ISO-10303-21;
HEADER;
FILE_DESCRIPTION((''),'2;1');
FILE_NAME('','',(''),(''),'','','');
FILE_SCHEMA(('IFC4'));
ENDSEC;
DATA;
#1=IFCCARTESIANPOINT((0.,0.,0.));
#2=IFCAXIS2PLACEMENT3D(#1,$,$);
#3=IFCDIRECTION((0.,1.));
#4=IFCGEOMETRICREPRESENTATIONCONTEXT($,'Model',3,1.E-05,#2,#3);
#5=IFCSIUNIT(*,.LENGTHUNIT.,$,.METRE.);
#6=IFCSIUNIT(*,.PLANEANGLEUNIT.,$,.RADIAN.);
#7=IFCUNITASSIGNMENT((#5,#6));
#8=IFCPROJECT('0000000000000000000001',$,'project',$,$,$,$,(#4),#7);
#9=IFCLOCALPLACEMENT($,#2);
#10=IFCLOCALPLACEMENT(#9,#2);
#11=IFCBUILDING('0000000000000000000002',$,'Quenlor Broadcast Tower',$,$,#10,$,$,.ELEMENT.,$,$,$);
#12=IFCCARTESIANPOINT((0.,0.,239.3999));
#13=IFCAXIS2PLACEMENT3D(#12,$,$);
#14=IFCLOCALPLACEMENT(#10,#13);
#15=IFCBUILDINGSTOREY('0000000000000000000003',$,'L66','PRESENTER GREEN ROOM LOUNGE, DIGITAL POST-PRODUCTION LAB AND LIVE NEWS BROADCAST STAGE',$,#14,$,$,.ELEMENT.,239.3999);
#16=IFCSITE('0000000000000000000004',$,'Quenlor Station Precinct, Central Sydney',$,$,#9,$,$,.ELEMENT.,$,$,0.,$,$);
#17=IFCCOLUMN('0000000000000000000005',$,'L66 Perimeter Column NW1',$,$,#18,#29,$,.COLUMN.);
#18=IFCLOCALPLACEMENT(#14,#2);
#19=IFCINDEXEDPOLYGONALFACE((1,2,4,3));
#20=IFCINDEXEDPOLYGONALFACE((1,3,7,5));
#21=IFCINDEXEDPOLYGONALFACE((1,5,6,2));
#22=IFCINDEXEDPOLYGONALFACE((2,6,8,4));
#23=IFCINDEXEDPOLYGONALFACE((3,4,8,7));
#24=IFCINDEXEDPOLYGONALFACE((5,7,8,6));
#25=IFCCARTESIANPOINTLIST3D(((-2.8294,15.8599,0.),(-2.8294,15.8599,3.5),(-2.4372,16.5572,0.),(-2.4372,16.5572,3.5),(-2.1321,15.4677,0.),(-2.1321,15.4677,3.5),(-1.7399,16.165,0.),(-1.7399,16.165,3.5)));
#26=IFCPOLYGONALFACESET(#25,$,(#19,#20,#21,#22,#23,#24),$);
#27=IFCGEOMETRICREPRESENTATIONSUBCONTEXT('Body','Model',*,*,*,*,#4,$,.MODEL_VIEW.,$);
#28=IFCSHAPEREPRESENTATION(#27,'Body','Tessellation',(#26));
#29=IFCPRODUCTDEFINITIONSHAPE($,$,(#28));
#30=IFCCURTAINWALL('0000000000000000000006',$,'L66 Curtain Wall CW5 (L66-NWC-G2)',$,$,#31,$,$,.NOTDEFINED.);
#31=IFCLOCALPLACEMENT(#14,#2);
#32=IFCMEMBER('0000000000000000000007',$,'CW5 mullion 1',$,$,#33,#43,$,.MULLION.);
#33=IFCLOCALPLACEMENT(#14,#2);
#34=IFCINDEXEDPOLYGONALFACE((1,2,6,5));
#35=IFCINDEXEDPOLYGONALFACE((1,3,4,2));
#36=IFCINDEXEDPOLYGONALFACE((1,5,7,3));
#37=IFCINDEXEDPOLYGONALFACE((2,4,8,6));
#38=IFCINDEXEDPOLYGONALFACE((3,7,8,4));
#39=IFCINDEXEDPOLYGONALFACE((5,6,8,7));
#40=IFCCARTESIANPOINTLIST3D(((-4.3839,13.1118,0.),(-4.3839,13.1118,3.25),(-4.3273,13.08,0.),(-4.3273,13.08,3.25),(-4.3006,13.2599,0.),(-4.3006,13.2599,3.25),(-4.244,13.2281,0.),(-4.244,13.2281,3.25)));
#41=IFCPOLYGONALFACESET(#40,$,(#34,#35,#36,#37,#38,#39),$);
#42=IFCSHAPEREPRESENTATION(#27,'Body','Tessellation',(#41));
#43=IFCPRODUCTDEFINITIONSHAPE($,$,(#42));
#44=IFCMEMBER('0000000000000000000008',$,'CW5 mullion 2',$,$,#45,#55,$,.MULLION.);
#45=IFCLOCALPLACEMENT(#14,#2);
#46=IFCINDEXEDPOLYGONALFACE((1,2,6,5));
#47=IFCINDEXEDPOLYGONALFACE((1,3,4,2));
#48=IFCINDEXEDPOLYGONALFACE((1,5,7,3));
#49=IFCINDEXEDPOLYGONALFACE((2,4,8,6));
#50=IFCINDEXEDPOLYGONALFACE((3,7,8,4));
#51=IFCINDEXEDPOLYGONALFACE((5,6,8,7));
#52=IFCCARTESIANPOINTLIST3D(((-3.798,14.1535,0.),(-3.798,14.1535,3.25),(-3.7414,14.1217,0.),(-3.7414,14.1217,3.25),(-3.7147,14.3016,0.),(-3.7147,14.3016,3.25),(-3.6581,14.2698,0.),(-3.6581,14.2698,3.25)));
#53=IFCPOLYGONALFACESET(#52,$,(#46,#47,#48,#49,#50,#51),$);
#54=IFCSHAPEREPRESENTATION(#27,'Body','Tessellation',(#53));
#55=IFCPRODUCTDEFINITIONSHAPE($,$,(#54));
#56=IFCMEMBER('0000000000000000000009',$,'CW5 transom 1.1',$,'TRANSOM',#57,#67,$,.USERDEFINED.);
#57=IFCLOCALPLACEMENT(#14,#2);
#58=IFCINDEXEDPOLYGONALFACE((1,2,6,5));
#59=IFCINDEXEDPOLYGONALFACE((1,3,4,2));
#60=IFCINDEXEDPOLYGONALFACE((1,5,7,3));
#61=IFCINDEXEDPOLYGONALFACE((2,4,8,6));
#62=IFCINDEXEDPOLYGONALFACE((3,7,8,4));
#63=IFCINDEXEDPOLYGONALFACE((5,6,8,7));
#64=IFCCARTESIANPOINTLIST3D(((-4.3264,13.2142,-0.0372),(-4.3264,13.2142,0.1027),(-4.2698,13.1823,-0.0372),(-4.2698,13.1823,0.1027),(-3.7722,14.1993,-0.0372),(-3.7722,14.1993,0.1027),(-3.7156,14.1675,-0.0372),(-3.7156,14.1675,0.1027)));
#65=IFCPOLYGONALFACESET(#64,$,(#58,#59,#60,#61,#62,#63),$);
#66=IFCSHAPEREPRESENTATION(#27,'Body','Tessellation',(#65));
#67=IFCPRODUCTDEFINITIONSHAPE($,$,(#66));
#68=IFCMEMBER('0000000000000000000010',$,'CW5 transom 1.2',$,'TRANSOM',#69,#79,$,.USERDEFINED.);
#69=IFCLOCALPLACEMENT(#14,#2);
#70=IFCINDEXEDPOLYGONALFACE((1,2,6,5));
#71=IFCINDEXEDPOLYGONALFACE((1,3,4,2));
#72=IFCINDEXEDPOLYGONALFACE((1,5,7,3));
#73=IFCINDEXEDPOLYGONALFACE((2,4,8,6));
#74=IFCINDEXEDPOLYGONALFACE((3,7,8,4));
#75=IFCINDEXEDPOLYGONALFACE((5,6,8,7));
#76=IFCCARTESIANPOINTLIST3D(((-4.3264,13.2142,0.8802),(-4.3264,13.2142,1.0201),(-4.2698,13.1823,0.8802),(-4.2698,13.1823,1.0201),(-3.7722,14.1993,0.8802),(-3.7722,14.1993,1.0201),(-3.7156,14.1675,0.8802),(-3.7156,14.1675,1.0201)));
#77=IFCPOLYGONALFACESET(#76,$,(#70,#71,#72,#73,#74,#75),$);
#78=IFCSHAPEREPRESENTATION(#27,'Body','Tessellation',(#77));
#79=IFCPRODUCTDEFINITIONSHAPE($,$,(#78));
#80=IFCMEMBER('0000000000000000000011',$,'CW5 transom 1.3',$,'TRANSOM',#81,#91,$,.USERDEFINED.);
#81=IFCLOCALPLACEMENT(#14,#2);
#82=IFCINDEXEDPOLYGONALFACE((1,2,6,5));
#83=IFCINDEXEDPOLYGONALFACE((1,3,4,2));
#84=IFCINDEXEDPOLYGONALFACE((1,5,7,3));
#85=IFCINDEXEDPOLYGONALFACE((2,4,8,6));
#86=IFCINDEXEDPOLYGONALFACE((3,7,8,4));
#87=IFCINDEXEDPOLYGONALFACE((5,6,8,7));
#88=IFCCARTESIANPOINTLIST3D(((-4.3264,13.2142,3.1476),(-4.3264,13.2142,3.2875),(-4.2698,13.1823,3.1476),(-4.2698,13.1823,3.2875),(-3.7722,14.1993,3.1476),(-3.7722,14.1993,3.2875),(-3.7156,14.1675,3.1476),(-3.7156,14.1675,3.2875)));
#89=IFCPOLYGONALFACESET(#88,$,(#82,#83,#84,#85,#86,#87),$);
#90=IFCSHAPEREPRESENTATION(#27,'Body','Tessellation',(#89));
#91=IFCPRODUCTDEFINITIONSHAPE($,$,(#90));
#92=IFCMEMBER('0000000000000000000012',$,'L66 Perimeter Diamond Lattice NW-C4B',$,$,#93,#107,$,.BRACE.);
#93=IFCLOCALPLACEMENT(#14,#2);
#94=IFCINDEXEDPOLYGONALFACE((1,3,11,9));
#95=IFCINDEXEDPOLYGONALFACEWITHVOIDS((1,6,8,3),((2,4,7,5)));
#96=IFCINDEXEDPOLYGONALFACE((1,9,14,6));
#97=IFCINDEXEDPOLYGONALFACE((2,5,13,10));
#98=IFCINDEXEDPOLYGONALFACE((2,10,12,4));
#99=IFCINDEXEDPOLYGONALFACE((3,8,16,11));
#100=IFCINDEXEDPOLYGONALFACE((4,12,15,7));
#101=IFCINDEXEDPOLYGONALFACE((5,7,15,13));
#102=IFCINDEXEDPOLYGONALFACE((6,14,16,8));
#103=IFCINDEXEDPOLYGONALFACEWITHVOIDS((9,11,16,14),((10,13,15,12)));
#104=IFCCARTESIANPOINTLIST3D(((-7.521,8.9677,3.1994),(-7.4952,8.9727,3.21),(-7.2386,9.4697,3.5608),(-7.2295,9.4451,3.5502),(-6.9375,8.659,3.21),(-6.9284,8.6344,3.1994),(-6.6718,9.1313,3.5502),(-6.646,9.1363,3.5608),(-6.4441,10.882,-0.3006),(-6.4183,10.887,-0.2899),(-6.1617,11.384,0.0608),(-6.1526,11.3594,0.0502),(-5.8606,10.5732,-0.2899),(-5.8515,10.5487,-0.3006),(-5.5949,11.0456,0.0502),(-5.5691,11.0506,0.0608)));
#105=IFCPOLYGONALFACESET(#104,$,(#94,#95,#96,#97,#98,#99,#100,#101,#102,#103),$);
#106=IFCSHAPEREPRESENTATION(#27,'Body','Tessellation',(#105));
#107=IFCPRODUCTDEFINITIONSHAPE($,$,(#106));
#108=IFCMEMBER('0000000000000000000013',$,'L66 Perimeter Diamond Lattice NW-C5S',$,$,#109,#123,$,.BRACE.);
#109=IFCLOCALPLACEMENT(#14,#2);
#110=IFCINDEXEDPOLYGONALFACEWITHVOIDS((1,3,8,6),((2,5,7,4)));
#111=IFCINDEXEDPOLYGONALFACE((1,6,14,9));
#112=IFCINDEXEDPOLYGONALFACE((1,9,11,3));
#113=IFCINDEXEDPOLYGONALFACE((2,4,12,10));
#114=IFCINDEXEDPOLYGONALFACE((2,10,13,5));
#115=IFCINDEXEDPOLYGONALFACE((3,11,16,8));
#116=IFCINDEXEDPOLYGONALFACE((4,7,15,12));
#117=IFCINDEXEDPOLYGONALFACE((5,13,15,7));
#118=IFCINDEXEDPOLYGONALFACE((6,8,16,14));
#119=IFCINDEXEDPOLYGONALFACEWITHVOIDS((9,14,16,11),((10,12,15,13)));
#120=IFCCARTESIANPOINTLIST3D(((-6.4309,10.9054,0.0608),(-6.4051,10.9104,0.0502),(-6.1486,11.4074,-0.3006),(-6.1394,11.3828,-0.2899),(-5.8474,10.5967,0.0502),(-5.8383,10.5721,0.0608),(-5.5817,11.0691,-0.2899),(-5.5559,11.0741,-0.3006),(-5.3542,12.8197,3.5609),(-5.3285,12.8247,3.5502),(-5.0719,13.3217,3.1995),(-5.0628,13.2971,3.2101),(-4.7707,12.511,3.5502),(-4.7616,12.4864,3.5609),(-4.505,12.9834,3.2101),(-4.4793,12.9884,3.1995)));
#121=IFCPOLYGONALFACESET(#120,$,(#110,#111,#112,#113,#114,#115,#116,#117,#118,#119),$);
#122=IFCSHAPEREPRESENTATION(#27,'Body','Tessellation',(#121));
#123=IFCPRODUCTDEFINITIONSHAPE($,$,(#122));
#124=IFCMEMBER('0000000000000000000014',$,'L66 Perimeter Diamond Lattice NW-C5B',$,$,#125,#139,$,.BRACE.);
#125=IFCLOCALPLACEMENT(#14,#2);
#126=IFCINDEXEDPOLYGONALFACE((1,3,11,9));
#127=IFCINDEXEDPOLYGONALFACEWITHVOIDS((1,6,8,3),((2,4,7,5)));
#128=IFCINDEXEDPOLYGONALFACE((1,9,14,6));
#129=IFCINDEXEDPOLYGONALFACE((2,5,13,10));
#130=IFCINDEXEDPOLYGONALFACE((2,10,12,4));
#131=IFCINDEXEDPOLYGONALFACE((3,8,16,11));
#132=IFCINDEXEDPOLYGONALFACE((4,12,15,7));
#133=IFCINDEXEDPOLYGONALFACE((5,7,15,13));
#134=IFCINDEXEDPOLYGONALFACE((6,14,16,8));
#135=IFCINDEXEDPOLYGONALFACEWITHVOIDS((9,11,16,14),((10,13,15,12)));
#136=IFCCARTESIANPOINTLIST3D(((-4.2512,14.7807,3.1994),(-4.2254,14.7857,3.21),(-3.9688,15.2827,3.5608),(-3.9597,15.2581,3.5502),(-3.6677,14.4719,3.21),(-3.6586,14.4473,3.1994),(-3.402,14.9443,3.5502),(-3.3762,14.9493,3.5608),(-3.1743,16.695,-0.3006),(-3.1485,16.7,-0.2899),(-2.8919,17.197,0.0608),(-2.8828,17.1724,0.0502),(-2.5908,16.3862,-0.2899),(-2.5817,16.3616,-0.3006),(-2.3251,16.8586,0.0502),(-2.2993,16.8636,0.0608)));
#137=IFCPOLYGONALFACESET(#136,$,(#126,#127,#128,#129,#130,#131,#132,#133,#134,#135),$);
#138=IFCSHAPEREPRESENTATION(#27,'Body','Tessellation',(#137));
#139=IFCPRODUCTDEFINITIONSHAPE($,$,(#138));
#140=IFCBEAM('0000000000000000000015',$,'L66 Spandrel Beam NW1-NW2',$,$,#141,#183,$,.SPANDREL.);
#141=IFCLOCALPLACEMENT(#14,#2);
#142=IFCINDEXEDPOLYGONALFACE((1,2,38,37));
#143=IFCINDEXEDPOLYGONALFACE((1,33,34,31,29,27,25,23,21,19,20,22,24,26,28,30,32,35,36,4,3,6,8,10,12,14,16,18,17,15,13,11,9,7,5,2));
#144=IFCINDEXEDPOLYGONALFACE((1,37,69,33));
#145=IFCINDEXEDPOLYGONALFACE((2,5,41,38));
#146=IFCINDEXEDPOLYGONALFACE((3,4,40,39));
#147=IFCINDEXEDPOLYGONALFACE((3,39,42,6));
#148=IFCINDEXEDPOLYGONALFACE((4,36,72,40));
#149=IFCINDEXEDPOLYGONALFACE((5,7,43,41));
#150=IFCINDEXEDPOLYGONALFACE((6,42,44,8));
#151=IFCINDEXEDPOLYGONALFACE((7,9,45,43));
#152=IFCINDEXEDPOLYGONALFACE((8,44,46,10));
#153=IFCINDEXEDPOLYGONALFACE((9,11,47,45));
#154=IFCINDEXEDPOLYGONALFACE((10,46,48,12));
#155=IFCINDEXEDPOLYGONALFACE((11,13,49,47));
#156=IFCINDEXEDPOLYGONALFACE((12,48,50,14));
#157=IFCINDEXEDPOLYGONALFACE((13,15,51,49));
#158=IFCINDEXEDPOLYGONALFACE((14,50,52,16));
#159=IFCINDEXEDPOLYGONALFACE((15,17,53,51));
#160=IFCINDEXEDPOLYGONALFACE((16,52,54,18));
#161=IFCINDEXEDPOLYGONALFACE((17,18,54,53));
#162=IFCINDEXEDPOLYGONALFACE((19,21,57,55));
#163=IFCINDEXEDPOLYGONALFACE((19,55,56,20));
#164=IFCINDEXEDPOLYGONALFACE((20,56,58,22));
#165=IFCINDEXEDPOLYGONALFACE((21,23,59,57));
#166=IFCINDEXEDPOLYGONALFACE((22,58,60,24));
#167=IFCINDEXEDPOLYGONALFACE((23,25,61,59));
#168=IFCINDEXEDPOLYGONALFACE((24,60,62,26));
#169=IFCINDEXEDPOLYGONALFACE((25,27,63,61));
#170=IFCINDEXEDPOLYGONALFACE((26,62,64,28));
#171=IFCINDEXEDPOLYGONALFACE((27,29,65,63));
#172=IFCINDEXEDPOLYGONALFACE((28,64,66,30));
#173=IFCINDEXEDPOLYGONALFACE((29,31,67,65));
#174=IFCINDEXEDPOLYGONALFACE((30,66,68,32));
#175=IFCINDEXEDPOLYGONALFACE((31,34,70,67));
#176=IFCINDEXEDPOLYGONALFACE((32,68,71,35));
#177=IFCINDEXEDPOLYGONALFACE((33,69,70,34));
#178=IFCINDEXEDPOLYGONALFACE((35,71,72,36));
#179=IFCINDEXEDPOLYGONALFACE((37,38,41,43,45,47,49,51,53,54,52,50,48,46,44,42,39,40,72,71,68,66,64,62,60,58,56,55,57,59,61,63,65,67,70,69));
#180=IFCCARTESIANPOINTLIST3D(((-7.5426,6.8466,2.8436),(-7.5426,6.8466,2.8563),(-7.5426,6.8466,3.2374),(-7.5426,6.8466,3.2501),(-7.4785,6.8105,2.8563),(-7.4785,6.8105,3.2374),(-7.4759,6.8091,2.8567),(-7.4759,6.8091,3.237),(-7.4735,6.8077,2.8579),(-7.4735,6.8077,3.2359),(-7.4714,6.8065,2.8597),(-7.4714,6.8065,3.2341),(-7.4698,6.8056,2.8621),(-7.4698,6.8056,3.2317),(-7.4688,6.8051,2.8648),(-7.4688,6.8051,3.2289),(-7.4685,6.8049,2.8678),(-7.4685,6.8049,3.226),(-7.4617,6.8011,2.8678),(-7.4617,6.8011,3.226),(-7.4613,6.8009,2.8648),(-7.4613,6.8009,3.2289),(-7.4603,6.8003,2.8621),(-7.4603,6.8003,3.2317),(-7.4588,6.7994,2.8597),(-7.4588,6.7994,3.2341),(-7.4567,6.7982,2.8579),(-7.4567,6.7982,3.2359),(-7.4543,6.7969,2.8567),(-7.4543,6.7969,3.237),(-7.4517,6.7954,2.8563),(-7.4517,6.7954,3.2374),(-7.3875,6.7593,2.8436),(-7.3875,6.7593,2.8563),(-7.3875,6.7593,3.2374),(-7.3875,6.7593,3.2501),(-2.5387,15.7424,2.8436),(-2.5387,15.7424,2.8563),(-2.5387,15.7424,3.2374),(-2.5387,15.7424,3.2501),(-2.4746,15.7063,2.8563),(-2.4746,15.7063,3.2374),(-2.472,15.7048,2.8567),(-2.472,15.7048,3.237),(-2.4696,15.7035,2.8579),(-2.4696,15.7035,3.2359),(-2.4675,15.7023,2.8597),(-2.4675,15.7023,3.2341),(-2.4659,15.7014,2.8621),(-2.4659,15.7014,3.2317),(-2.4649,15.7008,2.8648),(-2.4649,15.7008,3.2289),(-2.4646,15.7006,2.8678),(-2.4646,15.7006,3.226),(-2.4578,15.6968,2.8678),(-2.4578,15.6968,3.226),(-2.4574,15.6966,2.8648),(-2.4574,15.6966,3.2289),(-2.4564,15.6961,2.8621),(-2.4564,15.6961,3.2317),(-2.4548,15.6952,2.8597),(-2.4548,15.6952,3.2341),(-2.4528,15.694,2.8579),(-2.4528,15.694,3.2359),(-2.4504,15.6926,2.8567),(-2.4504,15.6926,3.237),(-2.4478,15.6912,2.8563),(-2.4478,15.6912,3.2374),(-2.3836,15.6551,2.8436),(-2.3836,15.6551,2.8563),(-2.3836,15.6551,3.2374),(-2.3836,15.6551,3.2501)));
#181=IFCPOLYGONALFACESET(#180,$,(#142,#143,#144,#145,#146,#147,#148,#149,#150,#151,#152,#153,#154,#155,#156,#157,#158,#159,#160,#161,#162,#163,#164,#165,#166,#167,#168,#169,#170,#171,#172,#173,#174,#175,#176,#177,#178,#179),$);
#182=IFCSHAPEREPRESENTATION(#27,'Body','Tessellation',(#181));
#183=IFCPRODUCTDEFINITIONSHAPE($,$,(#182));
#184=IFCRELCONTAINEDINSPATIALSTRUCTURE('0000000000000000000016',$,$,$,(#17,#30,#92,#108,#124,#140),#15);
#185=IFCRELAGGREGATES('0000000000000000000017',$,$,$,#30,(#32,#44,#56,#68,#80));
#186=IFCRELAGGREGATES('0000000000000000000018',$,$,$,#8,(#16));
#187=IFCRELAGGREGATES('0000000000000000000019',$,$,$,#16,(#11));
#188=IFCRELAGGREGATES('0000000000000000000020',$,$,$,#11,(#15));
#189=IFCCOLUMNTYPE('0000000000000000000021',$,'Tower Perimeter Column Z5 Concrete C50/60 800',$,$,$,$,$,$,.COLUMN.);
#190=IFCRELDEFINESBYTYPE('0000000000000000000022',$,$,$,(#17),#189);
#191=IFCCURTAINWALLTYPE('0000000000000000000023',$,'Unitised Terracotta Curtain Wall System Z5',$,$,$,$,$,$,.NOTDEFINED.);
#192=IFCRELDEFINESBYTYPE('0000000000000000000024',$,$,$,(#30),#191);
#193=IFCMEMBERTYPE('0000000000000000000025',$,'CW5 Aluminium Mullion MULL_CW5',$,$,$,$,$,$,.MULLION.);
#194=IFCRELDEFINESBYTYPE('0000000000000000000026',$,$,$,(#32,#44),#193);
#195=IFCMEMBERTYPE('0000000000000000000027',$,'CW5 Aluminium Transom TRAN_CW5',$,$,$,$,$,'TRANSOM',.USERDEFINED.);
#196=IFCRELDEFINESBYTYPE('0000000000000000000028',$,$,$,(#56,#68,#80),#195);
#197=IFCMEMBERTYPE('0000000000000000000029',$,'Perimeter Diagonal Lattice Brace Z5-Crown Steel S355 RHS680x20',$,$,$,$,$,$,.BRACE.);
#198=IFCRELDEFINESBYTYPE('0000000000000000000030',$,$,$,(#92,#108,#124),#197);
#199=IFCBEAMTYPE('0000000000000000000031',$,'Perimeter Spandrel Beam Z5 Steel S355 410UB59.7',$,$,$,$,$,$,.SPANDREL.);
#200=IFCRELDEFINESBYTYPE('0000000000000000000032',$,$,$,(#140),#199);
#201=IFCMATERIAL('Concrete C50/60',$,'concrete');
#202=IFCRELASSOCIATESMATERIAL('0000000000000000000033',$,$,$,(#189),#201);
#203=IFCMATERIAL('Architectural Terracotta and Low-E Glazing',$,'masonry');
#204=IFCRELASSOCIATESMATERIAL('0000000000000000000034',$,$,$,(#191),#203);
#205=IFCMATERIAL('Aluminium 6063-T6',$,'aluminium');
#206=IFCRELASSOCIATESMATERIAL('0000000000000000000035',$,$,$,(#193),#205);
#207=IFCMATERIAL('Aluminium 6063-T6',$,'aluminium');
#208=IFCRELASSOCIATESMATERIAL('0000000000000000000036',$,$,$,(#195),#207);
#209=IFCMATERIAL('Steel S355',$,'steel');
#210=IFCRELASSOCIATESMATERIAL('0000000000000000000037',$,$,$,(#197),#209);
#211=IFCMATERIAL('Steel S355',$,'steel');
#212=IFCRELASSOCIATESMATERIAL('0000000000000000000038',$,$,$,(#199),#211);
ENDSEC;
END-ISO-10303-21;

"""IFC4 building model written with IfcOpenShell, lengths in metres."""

from ifc_helpers import new_model, si_unit, direction, frame, origin, origin_2d, place, context, subcontext, project, spatial, rectangle, hollow_rectangle, i_section, extrude, material, material_profile, profile_set, type_object, element, aggregate, save


model = new_model("IFC4")

# Units and contexts
model_context = context("Model", 3, precision=1e-05, world=origin(), true_north=direction((0.0, 1.0)))
body_context = subcontext(model_context, "Body", "Model", "MODEL_VIEW")
ifc_project = project(units=[si_unit("LENGTHUNIT", "METRE"), si_unit("PLANEANGLEUNIT", "RADIAN")], contexts=[model_context])

# Site, building, storey
site_placement = place(None, origin())
site = spatial("IfcSite", under=ifc_project, at=site_placement, Name="Quenlor Station Precinct, Central Sydney", CompositionType="ELEMENT", RefElevation=0.0)
building_placement = place(site_placement, origin())
building = spatial("IfcBuilding", under=site, at=building_placement, Name="Quenlor Broadcast Tower", CompositionType="ELEMENT")
storey_placement = place(building_placement, frame((0.0, 0.0, 239.3999)))
storey = spatial("IfcBuildingStorey", under=building, at=storey_placement, Name="L66", Description="PRESENTER GREEN ROOM LOUNGE, DIGITAL POST-PRODUCTION LAB AND LIVE NEWS BROADCAST STAGE", CompositionType="ELEMENT", Elevation=239.3999)

# Column
ifc_material_1 = material(Name="Concrete C50/60", Category="concrete")
ifc_material_profile_1 = material_profile(ifc_material_1, rectangle(XDim=0.8, YDim=0.8, at=origin_2d()))
ifc_profile_set_1 = profile_set([ifc_material_profile_1], Name="Concrete C50/60 RC800x800")
column_type = type_object("IfcColumnType", Name="Tower Perimeter Column Z5 Concrete C50/60 800", PredefinedType="COLUMN", material=ifc_profile_set_1)
column_placement = place(storey_placement, frame((-2.2847, 16.0125, 0.0), z_axis=(0.0, 0.0, 1.0), x_axis=(-0.871575, 0.490262, 0.0)))
element("IfcColumn", 1, at=column_placement, inside=storey, type_object=column_type, Name="L66 Perimeter Column NW1", PredefinedType="COLUMN", context=body_context, shape_type="SweptSolid", body=[
    extrude(rectangle(XDim=0.8, YDim=0.8, at=origin_2d()), origin(), (0.0, 0.0, 1.0), 3.5),
])

# Curtain wall, members
ifc_material_2 = material(Name="Architectural Terracotta and Low-E Glazing", Category="masonry")
curtain_wall_type = type_object("IfcCurtainWallType", Name="Unitised Terracotta Curtain Wall System Z5", PredefinedType="NOTDEFINED", material=ifc_material_2)
curtain_wall_placement = place(storey_placement, origin())
curtain_wall = element("IfcCurtainWall", 2, at=curtain_wall_placement, inside=storey, type_object=curtain_wall_type, Name="L66 Curtain Wall CW5 (L66-NWC-G2)", PredefinedType="NOTDEFINED")
ifc_material_3 = material(Name="Aluminium 6063-T6", Category="aluminium")
ifc_material_profile_2 = material_profile(ifc_material_3, rectangle(XDim=0.0649, YDim=0.1699, at=origin_2d()))
ifc_profile_set_2 = profile_set([ifc_material_profile_2], Name="Aluminium 6063-T6 MULL65x170")
member_type_1 = type_object("IfcMemberType", Name="CW5 Aluminium Mullion MULL_CW5", PredefinedType="MULLION", material=ifc_profile_set_2)
member_1_placement = place(storey_placement, frame((-4.314, 13.1699, 0.0), z_axis=(0.0, 0.0, 1.0), x_axis=(-0.871559, 0.490291, 0.0)))
member_1 = element("IfcMember", 3, at=member_1_placement, type_object=member_type_1, Name="CW5 mullion 1", PredefinedType="MULLION", context=body_context, shape_type="SweptSolid", body=[
    extrude(rectangle(XDim=0.0649, YDim=0.1699, at=origin_2d()), origin(), (0.0, 0.0, 1.0), 3.25),
])
member_2_placement = place(storey_placement, frame((-3.728, 14.2117, 0.0), z_axis=(0.0, 0.0, 1.0), x_axis=(-0.871559, 0.490291, 0.0)))
member_2 = element("IfcMember", 4, at=member_2_placement, type_object=member_type_1, Name="CW5 mullion 2", PredefinedType="MULLION", context=body_context, shape_type="SweptSolid", body=[
    extrude(rectangle(XDim=0.0649, YDim=0.1699, at=origin_2d()), origin(), (0.0, 0.0, 1.0), 3.25),
])
ifc_material_4 = material(Name="Aluminium 6063-T6", Category="aluminium")
ifc_material_profile_3 = material_profile(ifc_material_4, rectangle(XDim=0.0649, YDim=0.1399, at=origin_2d()))
ifc_profile_set_3 = profile_set([ifc_material_profile_3], Name="Aluminium 6063-T6 TRAN65x140")
member_type_2 = type_object("IfcMemberType", Name="CW5 Aluminium Transom TRAN_CW5", ElementType="TRANSOM", PredefinedType="USERDEFINED", material=ifc_profile_set_3)
member_3_placement = place(storey_placement, frame((-4.2981, 13.1982, 0.0327), z_axis=(0.490313, 0.871547, 0.0), x_axis=(-0.871547, 0.490313, 0.0)))
member_3 = element("IfcMember", 5, at=member_3_placement, type_object=member_type_2, Name="CW5 transom 1.1", ObjectType="TRANSOM", PredefinedType="USERDEFINED", context=body_context, shape_type="SweptSolid", body=[
    extrude(rectangle(XDim=0.0649, YDim=0.1399, at=origin_2d()), origin(), (0.0, 0.0, 1.0), 1.1304),
])
member_4_placement = place(storey_placement, frame((-4.2981, 13.1982, 0.9502), z_axis=(0.490313, 0.871547, 0.0), x_axis=(-0.871547, 0.490313, 0.0)))
member_4 = element("IfcMember", 6, at=member_4_placement, type_object=member_type_2, Name="CW5 transom 1.2", ObjectType="TRANSOM", PredefinedType="USERDEFINED", context=body_context, shape_type="SweptSolid", body=[
    extrude(rectangle(XDim=0.0649, YDim=0.1399, at=origin_2d()), origin(), (0.0, 0.0, 1.0), 1.1304),
])
member_5_placement = place(storey_placement, frame((-4.2981, 13.1982, 3.2175), z_axis=(0.490313, 0.871547, 0.0), x_axis=(-0.871547, 0.490313, 0.0)))
member_5 = element("IfcMember", 7, at=member_5_placement, type_object=member_type_2, Name="CW5 transom 1.3", ObjectType="TRANSOM", PredefinedType="USERDEFINED", context=body_context, shape_type="SweptSolid", body=[
    extrude(rectangle(XDim=0.0649, YDim=0.1399, at=origin_2d()), origin(), (0.0, 0.0, 1.0), 1.1304),
])

# Members
ifc_material_5 = material(Name="Steel S355", Category="steel")
ifc_material_profile_4 = material_profile(ifc_material_5, hollow_rectangle(XDim=0.6799, YDim=0.6799, WallThickness=0.02, at=origin_2d()))
ifc_profile_set_4 = profile_set([ifc_material_profile_4], Name="Steel S355 RHS680x680x20")
member_type_3 = type_object("IfcMemberType", Name="Perimeter Diagonal Lattice Brace Z5-Crown Steel S355 RHS680x20", PredefinedType="BRACE", material=ifc_profile_set_4)
for number, where, z_axis, x_axis, name in (
    (8, (-6.0066, 10.9663, -0.1199), (-0.260619, -0.463276, 0.847026), (0.871555, -0.490298, 0.0), "L66 Perimeter Diamond Lattice NW-C4B"),
    (9, (-5.9934, 10.9897, -0.1199), (0.260564, 0.463283, 0.847039), (-0.871602, 0.490214, 0.0), "L66 Perimeter Diamond Lattice NW-C5S"),
    (10, (-2.7368, 16.7793, -0.1199), (-0.260619, -0.463276, 0.847026), (0.871555, -0.490298, 0.0), "L66 Perimeter Diamond Lattice NW-C5B"),
):
    element("IfcMember", number, at=place(storey_placement, frame(where, z_axis=z_axis, x_axis=x_axis)), inside=storey, type_object=member_type_3, Name=name, PredefinedType="BRACE", context=body_context, shape_type="SweptSolid", body=[
        extrude(hollow_rectangle(XDim=0.6799, YDim=0.6799, WallThickness=0.02, at=origin_2d()), origin(), (0.0, 0.0, 1.0), 4.1321),
    ])

# Beam
ifc_material_6 = material(Name="Steel S355", Category="steel")
ifc_material_profile_5 = material_profile(ifc_material_6, i_section(OverallWidth=0.178, OverallDepth=0.4065, WebThickness=0.0078, FlangeThickness=0.0127, FilletRadius=0.0115, at=origin_2d()))
ifc_profile_set_5 = profile_set([ifc_material_profile_5], Name="Steel S355 410UB59.7")
beam_type_1 = type_object("IfcBeamType", Name="Perimeter Spandrel Beam Z5 Steel S355 410UB59.7", PredefinedType="SPANDREL", material=ifc_profile_set_5)
beam_1_placement = place(storey_placement, frame((-2.4612, 15.6987, 3.0469), z_axis=(-0.490265, -0.871574, 0.0), x_axis=(0.871574, -0.490265, 0.0)))
element("IfcBeam", 11, at=beam_1_placement, inside=storey, type_object=beam_type_1, Name="L66 Spandrel Beam NW1-NW2", PredefinedType="SPANDREL", context=body_context, shape_type="SweptSolid", body=[
    extrude(i_section(OverallWidth=0.178, OverallDepth=0.4065, WebThickness=0.0078, FlangeThickness=0.0127, FilletRadius=0.0115, at=origin_2d()), origin(), (0.0, 0.0, 1.0), 10.2065),
])

aggregate(curtain_wall, [member_1, member_2, member_3, member_4, member_5])

save(model, "model.ifc")
